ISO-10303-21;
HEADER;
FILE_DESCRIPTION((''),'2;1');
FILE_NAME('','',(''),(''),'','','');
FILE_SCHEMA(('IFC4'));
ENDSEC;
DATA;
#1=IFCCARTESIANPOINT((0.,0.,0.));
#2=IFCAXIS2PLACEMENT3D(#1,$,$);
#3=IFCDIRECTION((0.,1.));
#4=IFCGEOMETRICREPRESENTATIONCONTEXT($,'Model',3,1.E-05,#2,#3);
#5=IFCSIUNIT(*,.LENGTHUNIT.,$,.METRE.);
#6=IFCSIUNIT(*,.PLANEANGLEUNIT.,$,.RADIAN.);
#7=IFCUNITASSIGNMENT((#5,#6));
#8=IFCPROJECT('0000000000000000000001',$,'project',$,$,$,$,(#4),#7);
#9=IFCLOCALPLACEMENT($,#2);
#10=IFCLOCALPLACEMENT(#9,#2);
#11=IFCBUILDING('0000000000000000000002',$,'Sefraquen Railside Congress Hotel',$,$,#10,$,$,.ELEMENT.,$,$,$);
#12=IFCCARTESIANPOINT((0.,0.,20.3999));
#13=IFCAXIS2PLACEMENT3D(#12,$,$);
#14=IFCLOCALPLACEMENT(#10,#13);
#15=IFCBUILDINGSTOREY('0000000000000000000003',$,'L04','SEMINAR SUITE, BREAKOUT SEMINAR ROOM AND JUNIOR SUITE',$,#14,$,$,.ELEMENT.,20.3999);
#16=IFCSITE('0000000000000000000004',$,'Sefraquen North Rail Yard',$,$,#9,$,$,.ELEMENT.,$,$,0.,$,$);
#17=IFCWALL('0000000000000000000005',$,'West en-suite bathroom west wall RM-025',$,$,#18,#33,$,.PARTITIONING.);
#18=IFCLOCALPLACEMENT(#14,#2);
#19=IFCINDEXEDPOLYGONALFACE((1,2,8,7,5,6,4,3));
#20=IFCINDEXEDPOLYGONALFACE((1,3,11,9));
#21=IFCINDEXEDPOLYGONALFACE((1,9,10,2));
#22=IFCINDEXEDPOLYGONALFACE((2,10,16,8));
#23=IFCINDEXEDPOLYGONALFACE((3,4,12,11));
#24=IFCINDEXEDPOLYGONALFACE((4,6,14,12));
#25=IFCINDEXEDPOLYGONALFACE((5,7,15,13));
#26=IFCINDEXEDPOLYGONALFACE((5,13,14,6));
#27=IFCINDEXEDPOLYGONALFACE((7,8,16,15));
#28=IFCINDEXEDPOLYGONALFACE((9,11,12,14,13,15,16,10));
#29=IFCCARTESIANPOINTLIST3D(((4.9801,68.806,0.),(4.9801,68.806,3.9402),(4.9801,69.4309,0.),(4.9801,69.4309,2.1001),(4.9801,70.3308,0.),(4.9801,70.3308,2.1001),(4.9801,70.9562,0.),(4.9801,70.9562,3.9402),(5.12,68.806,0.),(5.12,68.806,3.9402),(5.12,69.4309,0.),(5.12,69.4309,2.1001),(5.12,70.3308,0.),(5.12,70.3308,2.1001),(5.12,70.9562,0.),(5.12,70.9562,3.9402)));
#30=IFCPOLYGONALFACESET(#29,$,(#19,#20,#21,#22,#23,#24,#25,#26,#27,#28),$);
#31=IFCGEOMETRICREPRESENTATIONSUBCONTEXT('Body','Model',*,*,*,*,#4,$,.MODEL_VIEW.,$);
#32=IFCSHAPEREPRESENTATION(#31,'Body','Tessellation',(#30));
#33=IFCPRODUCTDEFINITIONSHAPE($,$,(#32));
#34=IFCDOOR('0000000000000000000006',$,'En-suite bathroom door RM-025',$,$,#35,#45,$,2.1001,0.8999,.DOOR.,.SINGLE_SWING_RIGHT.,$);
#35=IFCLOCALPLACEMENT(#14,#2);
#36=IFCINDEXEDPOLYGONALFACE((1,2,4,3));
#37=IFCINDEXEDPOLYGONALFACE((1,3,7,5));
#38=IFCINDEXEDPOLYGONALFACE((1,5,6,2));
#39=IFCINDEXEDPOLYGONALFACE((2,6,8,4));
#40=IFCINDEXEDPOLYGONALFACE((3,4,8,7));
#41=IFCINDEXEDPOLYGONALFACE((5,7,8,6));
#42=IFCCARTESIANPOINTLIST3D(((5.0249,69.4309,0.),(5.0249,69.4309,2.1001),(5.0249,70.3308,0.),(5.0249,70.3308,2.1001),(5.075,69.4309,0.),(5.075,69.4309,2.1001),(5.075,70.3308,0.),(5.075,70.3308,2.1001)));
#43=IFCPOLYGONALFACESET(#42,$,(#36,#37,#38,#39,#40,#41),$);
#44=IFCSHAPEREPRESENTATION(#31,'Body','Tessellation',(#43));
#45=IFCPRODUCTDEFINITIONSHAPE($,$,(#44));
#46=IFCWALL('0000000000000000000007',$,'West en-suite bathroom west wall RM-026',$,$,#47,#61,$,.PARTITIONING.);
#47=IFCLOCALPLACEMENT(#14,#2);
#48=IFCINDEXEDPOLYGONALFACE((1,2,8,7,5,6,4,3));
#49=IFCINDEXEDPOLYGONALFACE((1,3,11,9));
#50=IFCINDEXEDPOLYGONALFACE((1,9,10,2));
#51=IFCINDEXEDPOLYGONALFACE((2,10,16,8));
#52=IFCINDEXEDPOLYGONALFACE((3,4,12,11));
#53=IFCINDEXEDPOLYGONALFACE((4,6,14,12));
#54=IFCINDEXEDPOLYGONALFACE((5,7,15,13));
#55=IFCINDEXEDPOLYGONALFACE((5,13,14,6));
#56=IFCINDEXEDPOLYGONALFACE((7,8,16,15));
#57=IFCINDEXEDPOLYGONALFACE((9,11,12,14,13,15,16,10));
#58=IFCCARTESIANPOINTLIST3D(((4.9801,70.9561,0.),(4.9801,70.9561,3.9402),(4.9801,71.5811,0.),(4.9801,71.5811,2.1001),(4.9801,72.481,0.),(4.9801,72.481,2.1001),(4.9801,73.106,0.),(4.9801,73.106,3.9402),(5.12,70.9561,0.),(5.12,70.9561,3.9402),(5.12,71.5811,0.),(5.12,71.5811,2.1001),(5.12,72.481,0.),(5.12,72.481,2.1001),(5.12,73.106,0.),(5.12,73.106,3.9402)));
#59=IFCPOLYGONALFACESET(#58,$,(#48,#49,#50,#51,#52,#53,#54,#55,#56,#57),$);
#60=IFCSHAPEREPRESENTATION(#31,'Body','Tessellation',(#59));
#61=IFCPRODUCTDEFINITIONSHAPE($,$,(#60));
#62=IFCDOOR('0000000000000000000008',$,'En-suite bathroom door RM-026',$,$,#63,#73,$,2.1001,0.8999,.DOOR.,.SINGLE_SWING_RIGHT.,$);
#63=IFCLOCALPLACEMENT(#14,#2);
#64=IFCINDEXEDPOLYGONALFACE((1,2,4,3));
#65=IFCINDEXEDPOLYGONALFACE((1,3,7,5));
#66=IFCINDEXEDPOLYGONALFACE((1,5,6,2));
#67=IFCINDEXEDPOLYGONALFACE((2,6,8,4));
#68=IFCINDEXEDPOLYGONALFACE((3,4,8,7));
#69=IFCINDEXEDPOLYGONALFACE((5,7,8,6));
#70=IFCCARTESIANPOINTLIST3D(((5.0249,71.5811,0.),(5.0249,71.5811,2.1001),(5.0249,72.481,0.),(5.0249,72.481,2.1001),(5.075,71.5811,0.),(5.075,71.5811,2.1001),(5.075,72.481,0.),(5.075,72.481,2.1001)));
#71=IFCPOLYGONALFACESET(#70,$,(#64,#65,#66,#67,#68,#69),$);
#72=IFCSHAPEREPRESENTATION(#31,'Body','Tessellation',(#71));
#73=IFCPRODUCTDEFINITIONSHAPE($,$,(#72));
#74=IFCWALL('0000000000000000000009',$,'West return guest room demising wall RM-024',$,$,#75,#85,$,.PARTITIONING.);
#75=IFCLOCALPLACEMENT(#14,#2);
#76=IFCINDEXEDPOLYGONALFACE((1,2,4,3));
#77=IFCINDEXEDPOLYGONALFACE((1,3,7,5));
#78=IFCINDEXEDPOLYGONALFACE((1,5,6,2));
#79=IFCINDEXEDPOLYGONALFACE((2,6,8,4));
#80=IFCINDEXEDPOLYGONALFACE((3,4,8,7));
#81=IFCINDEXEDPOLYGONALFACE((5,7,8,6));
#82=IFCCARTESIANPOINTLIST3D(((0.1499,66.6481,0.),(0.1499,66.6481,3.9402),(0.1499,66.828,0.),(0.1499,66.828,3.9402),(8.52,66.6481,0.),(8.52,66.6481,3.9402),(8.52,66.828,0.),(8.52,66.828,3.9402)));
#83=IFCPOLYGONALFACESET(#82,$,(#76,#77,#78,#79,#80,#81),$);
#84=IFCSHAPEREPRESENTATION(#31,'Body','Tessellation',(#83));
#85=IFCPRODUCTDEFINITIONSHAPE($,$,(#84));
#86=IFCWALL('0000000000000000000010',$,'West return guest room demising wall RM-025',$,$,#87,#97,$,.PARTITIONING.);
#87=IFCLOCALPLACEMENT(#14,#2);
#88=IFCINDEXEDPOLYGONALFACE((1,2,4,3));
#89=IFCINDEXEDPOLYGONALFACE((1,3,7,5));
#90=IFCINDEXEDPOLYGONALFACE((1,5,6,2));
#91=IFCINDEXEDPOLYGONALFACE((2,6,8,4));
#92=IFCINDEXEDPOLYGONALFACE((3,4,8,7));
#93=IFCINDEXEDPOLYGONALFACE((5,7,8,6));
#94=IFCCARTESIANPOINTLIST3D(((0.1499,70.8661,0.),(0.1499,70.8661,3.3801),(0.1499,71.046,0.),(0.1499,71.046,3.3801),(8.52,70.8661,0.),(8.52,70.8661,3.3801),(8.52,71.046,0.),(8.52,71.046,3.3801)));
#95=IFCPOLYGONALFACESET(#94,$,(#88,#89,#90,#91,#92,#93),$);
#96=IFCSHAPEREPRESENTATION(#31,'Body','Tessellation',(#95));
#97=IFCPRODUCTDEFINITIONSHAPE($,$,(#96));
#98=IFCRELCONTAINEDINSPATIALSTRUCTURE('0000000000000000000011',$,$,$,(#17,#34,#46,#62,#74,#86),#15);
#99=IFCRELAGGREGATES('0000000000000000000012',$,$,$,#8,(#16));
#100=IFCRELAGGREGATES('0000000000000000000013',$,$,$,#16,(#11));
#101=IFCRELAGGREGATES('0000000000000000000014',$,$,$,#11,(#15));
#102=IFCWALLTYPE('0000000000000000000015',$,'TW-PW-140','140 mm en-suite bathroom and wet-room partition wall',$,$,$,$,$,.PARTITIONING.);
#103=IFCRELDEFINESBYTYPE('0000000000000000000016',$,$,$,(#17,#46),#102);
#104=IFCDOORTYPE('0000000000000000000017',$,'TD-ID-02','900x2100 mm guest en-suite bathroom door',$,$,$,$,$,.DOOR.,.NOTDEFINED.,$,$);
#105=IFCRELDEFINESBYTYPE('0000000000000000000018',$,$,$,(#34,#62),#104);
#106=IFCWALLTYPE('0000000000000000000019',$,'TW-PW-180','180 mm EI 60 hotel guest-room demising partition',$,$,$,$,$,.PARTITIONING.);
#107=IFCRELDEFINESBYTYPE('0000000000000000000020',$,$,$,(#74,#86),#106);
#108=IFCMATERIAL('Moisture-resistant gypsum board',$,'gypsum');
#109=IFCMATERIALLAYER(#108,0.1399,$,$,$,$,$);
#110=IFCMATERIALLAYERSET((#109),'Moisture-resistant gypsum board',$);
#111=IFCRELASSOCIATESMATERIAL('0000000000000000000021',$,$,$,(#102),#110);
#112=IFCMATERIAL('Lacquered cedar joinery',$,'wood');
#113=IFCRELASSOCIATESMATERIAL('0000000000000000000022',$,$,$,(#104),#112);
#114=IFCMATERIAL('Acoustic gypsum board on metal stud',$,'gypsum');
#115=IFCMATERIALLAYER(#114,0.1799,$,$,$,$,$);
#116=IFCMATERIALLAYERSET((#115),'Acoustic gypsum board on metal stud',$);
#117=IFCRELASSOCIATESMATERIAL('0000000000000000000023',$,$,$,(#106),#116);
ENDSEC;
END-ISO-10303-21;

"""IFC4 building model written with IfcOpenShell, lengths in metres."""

from ifc_helpers import new_model, si_unit, direction, frame, frame_2d, origin, place, context, subcontext, project, spatial, rectangle, extrude, material, layer, layer_set, type_object, element, fill, save


model = new_model("IFC4")

# Units and contexts
model_context = context("Model", 3, precision=1e-05, world=origin(), true_north=direction((0.0, 1.0)))
body_context = subcontext(model_context, "Body", "Model", "MODEL_VIEW")
ifc_project = project(units=[si_unit("LENGTHUNIT", "METRE"), si_unit("PLANEANGLEUNIT", "RADIAN")], contexts=[model_context])

# Site, building, storey
site_placement = place(None, origin())
site = spatial("IfcSite", under=ifc_project, at=site_placement, Name="Sefraquen North Rail Yard", CompositionType="ELEMENT", RefElevation=0.0)
building_placement = place(site_placement, origin())
building = spatial("IfcBuilding", under=site, at=building_placement, Name="Sefraquen Railside Congress Hotel", CompositionType="ELEMENT")
storey_placement = place(building_placement, frame((0.0, 0.0, 20.3999)))
storey = spatial("IfcBuildingStorey", under=building, at=storey_placement, Name="L04", Description="SEMINAR SUITE, BREAKOUT SEMINAR ROOM AND JUNIOR SUITE", CompositionType="ELEMENT", Elevation=20.3999)

# Shared definitions
ifc_material_1 = material(Name="Moisture-resistant gypsum board", Category="gypsum")
ifc_layer_1 = layer(ifc_material_1, 0.1399)
ifc_layer_set_1 = layer_set([ifc_layer_1], Name="Moisture-resistant gypsum board")
wall_type_1 = type_object("IfcWallType", Name="TW-PW-140", Description="140 mm en-suite bathroom and wet-room partition wall", PredefinedType="PARTITIONING", material=ifc_layer_set_1)

# Shared definitions
ifc_material_2 = material(Name="Lacquered cedar joinery", Category="wood")
door_type = type_object("IfcDoorType", Name="TD-ID-02", Description="900x2100 mm guest en-suite bathroom door", OperationType="NOTDEFINED", PredefinedType="DOOR", material=ifc_material_2)

# Walls, openings, doors
wall_1_placement = place(storey_placement, frame((5.05, 68.8059, 0.0), z_axis=(0.0, 0.0, 1.0), x_axis=(0.0, 1.0, 0.0)))
wall_1 = element("IfcWall", 1, at=wall_1_placement, inside=storey, type_object=wall_type_1, Name="West en-suite bathroom west wall RM-025", PredefinedType="PARTITIONING", context=body_context, shape_type="SweptSolid", body=[
    extrude(rectangle(XDim=2.1501, YDim=0.1399, at=frame_2d((1.0752, 0.0))), origin(), (0.0, 0.0, 1.0), 3.9402),
])
opening_1_placement = place(wall_1_placement, frame((0.625, 0.0, 0.0)))
opening_1 = element("IfcOpeningElement", 2, at=opening_1_placement, cuts=wall_1, PredefinedType="OPENING", context=body_context, shape_type="SweptSolid", body=[
    extrude(rectangle(XDim=0.8999, YDim=2.1001, at=frame_2d((0.45, 1.05))), frame((0.0, 0.0798, 0.0), z_axis=(0.0, -1.0, 0.0), x_axis=(1.0, 0.0, 0.0)), (0.0, 0.0, 1.0), 0.1599),
])
door_1_placement = place(opening_1_placement, frame((0.8999, 0.0, 0.0), z_axis=(0.0, 0.0, 1.0), x_axis=(-1.0, 0.0, 0.0)))
door_1 = element("IfcDoor", 3, at=door_1_placement, inside=storey, type_object=door_type, Name="En-suite bathroom door RM-025", OperationType="SINGLE_SWING_RIGHT", OverallHeight=2.1001, OverallWidth=0.8999, PredefinedType="DOOR", context=body_context, shape_type="SweptSolid", body=[
    extrude(rectangle(XDim=0.8999, YDim=2.1001, at=frame_2d((0.45, 1.05))), frame((0.0, 0.0249, 0.0), z_axis=(0.0, -1.0, 0.0), x_axis=(1.0, 0.0, 0.0)), (0.0, 0.0, 1.0), 0.05),
])
fill(opening_1, door_1)
wall_2_placement = place(storey_placement, frame((5.05, 70.9561, 0.0), z_axis=(0.0, 0.0, 1.0), x_axis=(0.0, 1.0, 0.0)))
wall_2 = element("IfcWall", 4, at=wall_2_placement, inside=storey, type_object=wall_type_1, Name="West en-suite bathroom west wall RM-026", PredefinedType="PARTITIONING", context=body_context, shape_type="SweptSolid", body=[
    extrude(rectangle(XDim=2.1499, YDim=0.1399, at=frame_2d((1.075, 0.0))), origin(), (0.0, 0.0, 1.0), 3.9402),
])
opening_2_placement = place(wall_2_placement, frame((0.625, 0.0, 0.0)))
opening_2 = element("IfcOpeningElement", 5, at=opening_2_placement, cuts=wall_2, PredefinedType="OPENING", context=body_context, shape_type="SweptSolid", body=[
    extrude(rectangle(XDim=0.8999, YDim=2.1001, at=frame_2d((0.45, 1.05))), frame((0.0, 0.0798, 0.0), z_axis=(0.0, -1.0, 0.0), x_axis=(1.0, 0.0, 0.0)), (0.0, 0.0, 1.0), 0.1599),
])
door_2_placement = place(opening_2_placement, frame((0.8999, 0.0, 0.0), z_axis=(0.0, 0.0, 1.0), x_axis=(-1.0, 0.0, 0.0)))
door_2 = element("IfcDoor", 6, at=door_2_placement, inside=storey, type_object=door_type, Name="En-suite bathroom door RM-026", OperationType="SINGLE_SWING_RIGHT", OverallHeight=2.1001, OverallWidth=0.8999, PredefinedType="DOOR", context=body_context, shape_type="SweptSolid", body=[
    extrude(rectangle(XDim=0.8999, YDim=2.1001, at=frame_2d((0.45, 1.05))), frame((0.0, 0.0249, 0.0), z_axis=(0.0, -1.0, 0.0), x_axis=(1.0, 0.0, 0.0)), (0.0, 0.0, 1.0), 0.05),
])
fill(opening_2, door_2)

# Walls
ifc_material_3 = material(Name="Acoustic gypsum board on metal stud", Category="gypsum")
ifc_layer_2 = layer(ifc_material_3, 0.1799)
ifc_layer_set_2 = layer_set([ifc_layer_2], Name="Acoustic gypsum board on metal stud")
wall_type_2 = type_object("IfcWallType", Name="TW-PW-180", Description="180 mm EI 60 hotel guest-room demising partition", PredefinedType="PARTITIONING", material=ifc_layer_set_2)
wall_3_placement = place(storey_placement, frame((0.1499, 66.738, 0.0), z_axis=(0.0, 0.0, 1.0), x_axis=(1.0, 0.0, 0.0)))
element("IfcWall", 7, at=wall_3_placement, inside=storey, type_object=wall_type_2, Name="West return guest room demising wall RM-024", PredefinedType="PARTITIONING", context=body_context, shape_type="SweptSolid", body=[
    extrude(rectangle(XDim=8.3701, YDim=0.1799, at=frame_2d((4.1851, 0.0))), origin(), (0.0, 0.0, 1.0), 3.9402),
])
wall_4_placement = place(storey_placement, frame((0.1499, 70.9561, 0.0), z_axis=(0.0, 0.0, 1.0), x_axis=(1.0, 0.0, 0.0)))
element("IfcWall", 8, at=wall_4_placement, inside=storey, type_object=wall_type_2, Name="West return guest room demising wall RM-025", PredefinedType="PARTITIONING", context=body_context, shape_type="SweptSolid", body=[
    extrude(rectangle(XDim=8.3701, YDim=0.1799, at=frame_2d((4.1851, 0.0))), origin(), (0.0, 0.0, 1.0), 3.3801),
])

save(model, "model.ifc")
